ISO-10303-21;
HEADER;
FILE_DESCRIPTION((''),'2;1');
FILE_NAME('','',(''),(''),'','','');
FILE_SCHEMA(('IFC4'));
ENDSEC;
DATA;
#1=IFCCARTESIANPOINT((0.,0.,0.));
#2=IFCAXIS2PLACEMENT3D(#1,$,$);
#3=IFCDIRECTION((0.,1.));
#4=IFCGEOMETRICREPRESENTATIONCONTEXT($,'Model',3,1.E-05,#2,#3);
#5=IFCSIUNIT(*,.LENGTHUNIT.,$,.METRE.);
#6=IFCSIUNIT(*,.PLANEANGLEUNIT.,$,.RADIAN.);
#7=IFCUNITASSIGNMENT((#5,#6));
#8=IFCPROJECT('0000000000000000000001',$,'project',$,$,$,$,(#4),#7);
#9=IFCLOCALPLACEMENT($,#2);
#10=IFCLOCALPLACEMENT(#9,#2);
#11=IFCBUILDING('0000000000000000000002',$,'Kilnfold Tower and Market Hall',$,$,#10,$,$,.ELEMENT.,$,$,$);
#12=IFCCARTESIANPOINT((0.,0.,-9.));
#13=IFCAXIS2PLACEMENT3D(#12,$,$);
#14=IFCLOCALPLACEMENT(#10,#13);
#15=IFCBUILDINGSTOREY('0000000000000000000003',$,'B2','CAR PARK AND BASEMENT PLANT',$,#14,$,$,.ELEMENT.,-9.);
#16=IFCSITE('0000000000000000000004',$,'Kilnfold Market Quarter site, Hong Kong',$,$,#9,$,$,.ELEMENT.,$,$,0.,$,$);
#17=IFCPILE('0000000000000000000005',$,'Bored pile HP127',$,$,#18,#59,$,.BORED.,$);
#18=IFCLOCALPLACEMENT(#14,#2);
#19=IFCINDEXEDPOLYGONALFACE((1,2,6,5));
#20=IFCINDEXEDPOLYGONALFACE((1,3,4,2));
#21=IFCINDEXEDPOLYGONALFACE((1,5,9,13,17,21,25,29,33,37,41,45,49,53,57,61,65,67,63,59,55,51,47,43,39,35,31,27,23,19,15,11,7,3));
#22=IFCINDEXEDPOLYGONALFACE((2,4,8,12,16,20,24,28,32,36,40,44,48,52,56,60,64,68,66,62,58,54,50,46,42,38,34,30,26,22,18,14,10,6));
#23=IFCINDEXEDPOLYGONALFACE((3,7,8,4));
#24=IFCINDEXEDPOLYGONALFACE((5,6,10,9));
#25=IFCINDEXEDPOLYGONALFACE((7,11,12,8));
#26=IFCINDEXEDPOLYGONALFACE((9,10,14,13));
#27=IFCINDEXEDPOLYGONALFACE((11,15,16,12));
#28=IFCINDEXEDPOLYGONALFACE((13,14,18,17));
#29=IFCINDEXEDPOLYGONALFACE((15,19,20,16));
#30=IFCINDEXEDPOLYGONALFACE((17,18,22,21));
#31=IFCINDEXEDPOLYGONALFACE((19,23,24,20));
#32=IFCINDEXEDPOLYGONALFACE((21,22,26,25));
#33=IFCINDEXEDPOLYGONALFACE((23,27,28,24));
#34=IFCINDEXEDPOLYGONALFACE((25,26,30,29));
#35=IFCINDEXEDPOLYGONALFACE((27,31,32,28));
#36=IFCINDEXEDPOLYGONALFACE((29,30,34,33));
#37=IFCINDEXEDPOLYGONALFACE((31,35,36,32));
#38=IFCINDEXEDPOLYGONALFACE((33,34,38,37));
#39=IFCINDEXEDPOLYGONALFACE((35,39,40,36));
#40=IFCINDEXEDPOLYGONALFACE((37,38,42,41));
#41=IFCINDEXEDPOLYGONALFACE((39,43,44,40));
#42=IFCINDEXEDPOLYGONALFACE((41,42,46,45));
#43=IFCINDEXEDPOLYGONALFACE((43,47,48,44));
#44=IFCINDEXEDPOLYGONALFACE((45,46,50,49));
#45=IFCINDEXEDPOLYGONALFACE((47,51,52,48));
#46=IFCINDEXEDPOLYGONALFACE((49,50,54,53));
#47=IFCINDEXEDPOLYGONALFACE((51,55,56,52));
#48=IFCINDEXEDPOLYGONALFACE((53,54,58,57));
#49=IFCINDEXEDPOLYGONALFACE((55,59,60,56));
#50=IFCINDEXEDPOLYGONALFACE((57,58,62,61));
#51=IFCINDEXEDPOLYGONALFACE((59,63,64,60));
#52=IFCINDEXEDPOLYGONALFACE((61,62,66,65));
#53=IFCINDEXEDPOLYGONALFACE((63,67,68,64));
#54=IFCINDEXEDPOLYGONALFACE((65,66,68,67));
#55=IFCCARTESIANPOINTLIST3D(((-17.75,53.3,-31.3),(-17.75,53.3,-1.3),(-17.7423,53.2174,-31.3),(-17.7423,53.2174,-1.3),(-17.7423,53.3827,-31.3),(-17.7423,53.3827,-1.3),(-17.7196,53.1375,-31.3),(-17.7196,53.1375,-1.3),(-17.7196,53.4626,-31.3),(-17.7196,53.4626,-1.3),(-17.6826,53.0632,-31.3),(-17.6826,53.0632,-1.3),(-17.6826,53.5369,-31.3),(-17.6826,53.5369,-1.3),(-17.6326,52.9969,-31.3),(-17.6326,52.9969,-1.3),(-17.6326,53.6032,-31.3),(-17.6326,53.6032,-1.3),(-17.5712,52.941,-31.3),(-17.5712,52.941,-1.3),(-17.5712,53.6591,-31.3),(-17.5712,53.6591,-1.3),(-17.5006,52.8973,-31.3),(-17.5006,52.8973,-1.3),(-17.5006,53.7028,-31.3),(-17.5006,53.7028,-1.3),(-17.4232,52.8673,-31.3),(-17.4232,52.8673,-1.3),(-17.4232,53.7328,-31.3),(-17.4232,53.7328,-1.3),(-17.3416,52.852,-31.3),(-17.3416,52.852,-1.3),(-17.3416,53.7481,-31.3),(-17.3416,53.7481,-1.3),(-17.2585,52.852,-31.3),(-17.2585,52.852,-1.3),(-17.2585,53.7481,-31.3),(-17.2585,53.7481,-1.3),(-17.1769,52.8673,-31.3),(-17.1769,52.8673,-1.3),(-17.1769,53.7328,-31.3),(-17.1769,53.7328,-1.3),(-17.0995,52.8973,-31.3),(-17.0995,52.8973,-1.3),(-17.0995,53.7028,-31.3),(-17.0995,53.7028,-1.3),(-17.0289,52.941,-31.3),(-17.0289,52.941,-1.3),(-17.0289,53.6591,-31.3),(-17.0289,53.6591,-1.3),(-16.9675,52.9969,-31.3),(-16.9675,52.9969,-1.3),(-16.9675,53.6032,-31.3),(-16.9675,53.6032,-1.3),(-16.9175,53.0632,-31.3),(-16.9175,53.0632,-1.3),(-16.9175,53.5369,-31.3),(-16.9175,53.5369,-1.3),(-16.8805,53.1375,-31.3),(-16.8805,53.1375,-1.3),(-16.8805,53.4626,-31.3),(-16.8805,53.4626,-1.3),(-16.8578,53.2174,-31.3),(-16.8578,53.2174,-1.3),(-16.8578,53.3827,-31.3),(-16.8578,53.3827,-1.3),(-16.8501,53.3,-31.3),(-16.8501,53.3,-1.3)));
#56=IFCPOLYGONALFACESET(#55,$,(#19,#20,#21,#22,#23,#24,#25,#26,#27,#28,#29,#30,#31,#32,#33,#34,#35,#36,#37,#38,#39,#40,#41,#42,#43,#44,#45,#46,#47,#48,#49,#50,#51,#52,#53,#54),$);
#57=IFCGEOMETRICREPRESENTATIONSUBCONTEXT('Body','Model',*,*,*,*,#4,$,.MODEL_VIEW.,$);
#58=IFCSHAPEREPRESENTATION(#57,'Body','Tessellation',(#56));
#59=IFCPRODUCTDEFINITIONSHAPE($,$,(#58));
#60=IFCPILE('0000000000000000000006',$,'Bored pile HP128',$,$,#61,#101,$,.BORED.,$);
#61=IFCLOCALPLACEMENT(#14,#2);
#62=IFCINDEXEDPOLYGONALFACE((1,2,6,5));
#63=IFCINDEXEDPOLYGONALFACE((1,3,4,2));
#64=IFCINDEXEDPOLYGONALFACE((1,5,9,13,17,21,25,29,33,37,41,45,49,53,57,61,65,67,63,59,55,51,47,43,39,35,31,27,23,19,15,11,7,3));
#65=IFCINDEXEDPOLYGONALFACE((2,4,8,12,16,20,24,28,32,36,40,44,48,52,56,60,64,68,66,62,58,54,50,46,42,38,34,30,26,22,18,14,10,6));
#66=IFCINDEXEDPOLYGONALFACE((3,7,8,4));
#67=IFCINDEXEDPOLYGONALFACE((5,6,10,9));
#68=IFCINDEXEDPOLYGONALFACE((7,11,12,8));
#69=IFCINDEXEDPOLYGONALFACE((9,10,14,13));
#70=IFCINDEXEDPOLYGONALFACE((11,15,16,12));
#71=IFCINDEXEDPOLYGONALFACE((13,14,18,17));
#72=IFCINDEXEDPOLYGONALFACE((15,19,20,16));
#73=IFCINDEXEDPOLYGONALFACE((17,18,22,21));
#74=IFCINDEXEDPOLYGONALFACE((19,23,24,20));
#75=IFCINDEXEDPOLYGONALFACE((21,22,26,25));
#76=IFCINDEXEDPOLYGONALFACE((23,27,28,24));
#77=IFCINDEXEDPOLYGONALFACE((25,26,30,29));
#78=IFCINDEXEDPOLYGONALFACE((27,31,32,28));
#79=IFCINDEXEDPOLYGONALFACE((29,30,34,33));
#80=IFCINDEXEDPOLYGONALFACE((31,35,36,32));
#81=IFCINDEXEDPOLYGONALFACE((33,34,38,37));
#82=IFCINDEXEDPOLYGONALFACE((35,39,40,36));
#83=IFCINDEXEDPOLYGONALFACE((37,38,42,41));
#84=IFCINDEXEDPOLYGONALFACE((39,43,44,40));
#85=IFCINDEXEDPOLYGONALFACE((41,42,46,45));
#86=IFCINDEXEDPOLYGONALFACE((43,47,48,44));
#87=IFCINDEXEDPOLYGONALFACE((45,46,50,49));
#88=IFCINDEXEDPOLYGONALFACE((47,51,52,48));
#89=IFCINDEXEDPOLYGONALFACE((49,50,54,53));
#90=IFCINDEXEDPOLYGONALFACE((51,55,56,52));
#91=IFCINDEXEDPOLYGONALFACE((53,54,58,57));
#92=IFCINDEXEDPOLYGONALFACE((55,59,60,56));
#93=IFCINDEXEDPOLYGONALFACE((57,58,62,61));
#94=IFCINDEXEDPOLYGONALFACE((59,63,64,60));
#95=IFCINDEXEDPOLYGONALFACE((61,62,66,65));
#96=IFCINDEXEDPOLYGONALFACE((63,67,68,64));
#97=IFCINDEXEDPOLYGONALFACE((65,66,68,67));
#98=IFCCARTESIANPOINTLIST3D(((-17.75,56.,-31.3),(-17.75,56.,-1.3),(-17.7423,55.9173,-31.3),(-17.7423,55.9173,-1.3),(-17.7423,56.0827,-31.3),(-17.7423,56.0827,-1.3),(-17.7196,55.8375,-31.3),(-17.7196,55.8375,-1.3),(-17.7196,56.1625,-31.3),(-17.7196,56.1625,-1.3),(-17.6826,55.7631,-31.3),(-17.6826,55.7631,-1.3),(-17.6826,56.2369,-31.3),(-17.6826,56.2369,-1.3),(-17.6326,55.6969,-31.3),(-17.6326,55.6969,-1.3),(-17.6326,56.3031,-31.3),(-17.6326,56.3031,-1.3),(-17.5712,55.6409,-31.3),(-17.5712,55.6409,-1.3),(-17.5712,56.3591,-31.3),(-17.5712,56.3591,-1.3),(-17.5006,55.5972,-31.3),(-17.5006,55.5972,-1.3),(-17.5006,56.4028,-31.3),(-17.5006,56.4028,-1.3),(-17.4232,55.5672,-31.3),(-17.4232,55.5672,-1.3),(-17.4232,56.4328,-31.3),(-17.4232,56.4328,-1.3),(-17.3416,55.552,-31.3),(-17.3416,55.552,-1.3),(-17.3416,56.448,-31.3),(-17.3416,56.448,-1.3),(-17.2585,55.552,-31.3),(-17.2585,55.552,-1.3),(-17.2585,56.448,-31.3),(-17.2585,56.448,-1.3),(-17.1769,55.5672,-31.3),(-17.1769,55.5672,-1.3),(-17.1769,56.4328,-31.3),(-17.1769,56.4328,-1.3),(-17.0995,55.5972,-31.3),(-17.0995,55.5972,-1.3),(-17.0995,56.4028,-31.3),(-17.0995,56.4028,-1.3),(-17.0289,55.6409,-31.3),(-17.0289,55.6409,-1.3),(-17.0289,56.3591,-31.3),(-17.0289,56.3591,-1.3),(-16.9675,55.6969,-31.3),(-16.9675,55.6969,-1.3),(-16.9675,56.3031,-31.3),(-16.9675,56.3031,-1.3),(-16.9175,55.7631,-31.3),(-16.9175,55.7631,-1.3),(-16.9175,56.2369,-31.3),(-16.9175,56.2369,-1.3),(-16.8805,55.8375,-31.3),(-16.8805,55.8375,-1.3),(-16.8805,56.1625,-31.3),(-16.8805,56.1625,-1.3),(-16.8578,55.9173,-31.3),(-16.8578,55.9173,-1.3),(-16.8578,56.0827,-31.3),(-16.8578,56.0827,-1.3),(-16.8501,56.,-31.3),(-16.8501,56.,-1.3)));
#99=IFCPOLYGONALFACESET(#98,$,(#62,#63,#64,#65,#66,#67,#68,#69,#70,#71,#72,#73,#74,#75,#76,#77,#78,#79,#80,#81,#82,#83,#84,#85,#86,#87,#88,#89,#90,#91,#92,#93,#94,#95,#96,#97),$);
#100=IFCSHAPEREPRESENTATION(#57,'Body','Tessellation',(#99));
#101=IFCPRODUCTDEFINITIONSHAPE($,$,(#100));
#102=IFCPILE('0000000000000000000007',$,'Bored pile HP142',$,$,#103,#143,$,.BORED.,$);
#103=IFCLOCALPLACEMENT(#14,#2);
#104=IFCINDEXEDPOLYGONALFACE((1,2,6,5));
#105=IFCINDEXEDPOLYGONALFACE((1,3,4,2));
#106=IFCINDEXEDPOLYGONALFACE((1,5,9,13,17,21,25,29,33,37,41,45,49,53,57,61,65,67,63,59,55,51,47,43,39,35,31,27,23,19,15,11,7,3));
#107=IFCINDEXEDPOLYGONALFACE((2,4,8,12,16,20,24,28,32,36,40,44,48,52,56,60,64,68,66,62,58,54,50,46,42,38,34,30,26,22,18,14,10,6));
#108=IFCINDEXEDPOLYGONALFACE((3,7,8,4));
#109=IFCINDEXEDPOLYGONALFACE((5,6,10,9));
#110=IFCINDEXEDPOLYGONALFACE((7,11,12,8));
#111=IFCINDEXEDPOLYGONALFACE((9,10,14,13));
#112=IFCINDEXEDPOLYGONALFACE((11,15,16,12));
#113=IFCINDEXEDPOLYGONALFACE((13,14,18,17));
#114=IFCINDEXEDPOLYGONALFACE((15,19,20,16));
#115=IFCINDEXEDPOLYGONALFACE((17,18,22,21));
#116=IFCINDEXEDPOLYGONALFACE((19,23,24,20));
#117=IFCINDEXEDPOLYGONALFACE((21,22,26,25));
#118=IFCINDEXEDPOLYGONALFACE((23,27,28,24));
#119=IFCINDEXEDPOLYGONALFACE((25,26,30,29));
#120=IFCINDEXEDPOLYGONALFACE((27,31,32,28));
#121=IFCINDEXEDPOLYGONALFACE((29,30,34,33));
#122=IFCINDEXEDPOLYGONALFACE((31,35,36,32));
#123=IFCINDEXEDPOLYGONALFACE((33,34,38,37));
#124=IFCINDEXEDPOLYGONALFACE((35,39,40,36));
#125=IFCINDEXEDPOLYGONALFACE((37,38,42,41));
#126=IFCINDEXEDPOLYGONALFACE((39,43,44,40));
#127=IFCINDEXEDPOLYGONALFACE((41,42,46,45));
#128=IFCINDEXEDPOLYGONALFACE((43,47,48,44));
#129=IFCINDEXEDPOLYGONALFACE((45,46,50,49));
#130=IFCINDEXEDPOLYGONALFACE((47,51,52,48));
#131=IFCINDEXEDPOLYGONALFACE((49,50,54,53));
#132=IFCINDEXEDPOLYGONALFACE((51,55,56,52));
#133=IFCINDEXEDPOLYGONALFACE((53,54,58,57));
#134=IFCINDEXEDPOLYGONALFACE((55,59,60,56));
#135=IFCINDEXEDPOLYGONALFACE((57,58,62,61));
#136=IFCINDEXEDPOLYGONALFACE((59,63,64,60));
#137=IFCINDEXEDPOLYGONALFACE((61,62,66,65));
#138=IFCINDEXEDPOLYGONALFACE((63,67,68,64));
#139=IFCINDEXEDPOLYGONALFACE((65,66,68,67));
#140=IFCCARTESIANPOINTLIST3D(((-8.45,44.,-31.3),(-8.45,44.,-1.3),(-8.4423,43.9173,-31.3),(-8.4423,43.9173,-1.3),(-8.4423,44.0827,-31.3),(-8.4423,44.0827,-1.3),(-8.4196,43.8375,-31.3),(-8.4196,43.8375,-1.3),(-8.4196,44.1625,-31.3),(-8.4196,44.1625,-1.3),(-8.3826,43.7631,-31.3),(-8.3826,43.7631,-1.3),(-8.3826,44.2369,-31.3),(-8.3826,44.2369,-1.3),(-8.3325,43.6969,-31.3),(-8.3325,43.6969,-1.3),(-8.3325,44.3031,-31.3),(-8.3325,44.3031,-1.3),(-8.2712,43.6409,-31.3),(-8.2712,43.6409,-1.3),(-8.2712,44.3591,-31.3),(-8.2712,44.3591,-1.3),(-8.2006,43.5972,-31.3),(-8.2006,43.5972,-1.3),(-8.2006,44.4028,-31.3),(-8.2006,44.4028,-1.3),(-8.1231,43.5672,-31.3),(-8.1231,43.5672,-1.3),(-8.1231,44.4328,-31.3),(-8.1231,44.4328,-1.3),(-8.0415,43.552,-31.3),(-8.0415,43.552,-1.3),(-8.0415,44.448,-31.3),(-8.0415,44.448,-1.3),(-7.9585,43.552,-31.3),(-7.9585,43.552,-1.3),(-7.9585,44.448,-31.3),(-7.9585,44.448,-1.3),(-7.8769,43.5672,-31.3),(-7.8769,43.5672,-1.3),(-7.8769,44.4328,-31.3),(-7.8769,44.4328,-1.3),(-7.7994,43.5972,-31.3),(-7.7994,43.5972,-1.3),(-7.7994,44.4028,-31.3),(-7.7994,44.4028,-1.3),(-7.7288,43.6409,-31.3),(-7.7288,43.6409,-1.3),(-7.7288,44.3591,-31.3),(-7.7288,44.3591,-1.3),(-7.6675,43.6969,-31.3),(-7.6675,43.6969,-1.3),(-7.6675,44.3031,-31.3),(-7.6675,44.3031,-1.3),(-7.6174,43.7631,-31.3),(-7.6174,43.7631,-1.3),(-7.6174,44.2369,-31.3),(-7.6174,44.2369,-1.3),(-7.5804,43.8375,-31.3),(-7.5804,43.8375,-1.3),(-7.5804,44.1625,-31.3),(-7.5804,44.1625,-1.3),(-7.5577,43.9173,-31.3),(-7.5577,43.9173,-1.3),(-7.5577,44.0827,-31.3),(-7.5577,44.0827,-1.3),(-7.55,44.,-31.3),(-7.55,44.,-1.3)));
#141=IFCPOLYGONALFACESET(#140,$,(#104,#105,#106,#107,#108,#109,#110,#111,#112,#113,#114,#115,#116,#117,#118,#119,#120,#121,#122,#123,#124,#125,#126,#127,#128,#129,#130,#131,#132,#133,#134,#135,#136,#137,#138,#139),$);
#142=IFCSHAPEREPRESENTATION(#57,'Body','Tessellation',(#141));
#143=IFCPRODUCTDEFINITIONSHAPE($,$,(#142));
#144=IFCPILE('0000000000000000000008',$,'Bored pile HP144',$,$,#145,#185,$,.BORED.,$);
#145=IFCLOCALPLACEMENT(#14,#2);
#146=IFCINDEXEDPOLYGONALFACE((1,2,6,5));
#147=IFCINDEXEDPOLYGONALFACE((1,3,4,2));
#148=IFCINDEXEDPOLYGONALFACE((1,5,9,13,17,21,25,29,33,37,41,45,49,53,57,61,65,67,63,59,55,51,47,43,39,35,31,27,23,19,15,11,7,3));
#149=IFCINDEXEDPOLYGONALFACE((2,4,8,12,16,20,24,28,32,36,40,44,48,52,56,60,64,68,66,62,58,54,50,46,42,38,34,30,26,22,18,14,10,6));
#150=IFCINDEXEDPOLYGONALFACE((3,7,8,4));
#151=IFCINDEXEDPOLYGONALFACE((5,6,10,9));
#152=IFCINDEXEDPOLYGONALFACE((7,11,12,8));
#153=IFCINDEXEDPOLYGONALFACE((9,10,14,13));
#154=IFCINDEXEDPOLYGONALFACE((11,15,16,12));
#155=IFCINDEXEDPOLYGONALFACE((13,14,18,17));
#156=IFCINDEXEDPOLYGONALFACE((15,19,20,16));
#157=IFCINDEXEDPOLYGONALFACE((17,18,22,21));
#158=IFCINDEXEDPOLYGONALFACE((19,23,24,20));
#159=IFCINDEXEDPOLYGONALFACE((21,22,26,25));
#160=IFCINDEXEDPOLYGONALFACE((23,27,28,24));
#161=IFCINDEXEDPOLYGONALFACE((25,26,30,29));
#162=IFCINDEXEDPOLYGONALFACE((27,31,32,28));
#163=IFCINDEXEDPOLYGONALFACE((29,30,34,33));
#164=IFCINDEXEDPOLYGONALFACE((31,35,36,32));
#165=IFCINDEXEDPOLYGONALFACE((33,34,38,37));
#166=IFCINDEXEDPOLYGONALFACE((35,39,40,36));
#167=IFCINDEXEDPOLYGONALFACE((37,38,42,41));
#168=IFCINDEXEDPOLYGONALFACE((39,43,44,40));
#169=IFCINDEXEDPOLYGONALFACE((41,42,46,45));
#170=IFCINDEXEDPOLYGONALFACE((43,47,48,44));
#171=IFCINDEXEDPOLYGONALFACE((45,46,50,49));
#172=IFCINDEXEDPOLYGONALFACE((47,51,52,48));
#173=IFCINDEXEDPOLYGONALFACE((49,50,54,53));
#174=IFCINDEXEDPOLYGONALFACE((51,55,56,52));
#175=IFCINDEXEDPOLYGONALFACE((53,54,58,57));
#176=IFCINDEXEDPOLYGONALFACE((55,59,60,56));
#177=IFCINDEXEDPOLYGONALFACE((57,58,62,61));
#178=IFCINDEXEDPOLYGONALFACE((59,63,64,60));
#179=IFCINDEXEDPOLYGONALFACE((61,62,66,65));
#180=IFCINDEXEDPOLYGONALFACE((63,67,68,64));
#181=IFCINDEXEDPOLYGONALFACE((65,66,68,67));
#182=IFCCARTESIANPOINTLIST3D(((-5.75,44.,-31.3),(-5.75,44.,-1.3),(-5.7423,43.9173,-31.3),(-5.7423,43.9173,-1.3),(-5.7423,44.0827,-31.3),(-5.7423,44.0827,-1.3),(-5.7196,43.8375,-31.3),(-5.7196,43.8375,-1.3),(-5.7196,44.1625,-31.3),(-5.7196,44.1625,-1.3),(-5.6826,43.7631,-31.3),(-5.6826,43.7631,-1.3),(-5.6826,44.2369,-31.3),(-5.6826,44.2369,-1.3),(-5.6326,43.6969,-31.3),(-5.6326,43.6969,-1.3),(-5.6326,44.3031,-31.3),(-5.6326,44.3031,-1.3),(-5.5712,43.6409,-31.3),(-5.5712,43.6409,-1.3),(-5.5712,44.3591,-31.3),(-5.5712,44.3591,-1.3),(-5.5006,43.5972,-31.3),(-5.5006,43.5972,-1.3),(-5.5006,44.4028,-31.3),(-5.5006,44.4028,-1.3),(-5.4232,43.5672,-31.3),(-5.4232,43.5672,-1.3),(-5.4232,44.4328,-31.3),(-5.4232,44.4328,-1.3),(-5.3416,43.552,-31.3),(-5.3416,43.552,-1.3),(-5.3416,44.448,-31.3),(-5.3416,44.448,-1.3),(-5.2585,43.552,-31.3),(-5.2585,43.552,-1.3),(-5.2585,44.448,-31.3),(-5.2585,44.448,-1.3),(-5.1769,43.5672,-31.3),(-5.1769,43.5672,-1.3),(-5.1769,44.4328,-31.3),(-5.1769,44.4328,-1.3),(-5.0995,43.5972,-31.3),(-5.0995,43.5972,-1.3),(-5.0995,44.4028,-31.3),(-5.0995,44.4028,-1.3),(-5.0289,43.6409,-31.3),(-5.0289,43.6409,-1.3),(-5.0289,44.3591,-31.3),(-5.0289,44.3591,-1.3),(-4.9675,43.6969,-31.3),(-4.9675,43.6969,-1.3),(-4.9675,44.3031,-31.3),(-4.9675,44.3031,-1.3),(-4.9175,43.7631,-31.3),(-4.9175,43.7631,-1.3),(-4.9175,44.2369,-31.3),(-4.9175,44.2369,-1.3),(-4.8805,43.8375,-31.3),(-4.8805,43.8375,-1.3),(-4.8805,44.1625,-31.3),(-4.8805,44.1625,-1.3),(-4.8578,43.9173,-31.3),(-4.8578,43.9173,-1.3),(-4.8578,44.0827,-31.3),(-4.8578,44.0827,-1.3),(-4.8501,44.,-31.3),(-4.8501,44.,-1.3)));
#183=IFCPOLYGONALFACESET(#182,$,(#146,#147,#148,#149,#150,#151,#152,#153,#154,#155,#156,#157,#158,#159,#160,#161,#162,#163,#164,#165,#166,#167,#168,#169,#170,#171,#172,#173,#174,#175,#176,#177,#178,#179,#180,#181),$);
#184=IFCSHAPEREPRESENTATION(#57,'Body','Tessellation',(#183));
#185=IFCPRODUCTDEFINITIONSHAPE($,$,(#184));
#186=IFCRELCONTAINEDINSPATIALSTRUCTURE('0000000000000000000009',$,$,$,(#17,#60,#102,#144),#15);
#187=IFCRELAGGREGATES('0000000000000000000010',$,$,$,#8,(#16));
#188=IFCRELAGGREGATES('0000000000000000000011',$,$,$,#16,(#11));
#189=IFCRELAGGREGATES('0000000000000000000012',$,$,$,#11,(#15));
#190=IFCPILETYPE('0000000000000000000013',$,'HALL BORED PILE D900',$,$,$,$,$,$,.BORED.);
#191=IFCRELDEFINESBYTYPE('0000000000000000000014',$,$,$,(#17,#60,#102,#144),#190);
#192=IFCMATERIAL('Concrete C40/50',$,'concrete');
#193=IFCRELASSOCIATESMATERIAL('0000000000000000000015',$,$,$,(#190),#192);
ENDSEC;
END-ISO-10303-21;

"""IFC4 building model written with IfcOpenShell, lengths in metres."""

from ifc_helpers import new_model, si_unit, direction, frame, origin, origin_2d, place, context, subcontext, project, spatial, circle, extrude, source, transform, mapped, material, material_profile, profile_set, type_object, element, save


model = new_model("IFC4")

# Units and contexts
model_context = context("Model", 3, precision=1e-05, world=origin(), true_north=direction((0.0, 1.0)))
body_context = subcontext(model_context, "Body", "Model", "MODEL_VIEW")
ifc_project = project(units=[si_unit("LENGTHUNIT", "METRE"), si_unit("PLANEANGLEUNIT", "RADIAN")], contexts=[model_context])

# Site, building, storey
site_placement = place(None, origin())
site = spatial("IfcSite", under=ifc_project, at=site_placement, Name="Kilnfold Market Quarter site, Hong Kong", CompositionType="ELEMENT", RefElevation=0.0)
building_placement = place(site_placement, origin())
building = spatial("IfcBuilding", under=site, at=building_placement, Name="Kilnfold Tower and Market Hall", CompositionType="ELEMENT")
storey_placement = place(building_placement, frame((0.0, 0.0, -9.0)))
storey = spatial("IfcBuildingStorey", under=building, at=storey_placement, Name="B2", Description="CAR PARK AND BASEMENT PLANT", CompositionType="ELEMENT", Elevation=-9.0)

# Piles
ifc_material_1 = material(Name="Concrete C40/50", Category="concrete")
ifc_material_profile_1 = material_profile(ifc_material_1, circle(Radius=0.45, at=origin_2d()), Name="D900")
ifc_profile_set_1 = profile_set([ifc_material_profile_1], Name="Concrete C40/50")
pile_type = type_object("IfcPileType", Name="HALL BORED PILE D900", PredefinedType="BORED", material=ifc_profile_set_1)
shared_shape_1 = source(origin(), body_context, "Body", "SweptSolid", [
    extrude(circle(Radius=0.45, at=origin_2d()), origin(), (0.0, 0.0, 1.0), 30.0),
])
for number, where, z_axis, x_axis, name in (
    (1, (-17.3, 53.3, -1.3), (0.0, 0.0, -1.0), (1.0, 0.0, 0.0), "Bored pile HP127"),
    (2, (-17.3, 56.0, -1.3), (0.0, 0.0, -1.0), (1.0, 0.0, 0.0), "Bored pile HP128"),
    (3, (-8.0, 44.0, -1.3), (0.0, 0.0, -1.0), (1.0, 0.0, 0.0), "Bored pile HP142"),
    (4, (-5.3, 44.0, -1.3), (0.0, 0.0, -1.0), (1.0, 0.0, 0.0), "Bored pile HP144"),
):
    element("IfcPile", number, at=place(storey_placement, frame(where, z_axis=z_axis, x_axis=x_axis)), inside=storey, type_object=pile_type, Name=name, PredefinedType="BORED", context=body_context, shape_type="MappedRepresentation", body=[
        mapped(shared_shape_1, transform((0.0, 0.0, 0.0))),
    ])

save(model, "model.ifc")
